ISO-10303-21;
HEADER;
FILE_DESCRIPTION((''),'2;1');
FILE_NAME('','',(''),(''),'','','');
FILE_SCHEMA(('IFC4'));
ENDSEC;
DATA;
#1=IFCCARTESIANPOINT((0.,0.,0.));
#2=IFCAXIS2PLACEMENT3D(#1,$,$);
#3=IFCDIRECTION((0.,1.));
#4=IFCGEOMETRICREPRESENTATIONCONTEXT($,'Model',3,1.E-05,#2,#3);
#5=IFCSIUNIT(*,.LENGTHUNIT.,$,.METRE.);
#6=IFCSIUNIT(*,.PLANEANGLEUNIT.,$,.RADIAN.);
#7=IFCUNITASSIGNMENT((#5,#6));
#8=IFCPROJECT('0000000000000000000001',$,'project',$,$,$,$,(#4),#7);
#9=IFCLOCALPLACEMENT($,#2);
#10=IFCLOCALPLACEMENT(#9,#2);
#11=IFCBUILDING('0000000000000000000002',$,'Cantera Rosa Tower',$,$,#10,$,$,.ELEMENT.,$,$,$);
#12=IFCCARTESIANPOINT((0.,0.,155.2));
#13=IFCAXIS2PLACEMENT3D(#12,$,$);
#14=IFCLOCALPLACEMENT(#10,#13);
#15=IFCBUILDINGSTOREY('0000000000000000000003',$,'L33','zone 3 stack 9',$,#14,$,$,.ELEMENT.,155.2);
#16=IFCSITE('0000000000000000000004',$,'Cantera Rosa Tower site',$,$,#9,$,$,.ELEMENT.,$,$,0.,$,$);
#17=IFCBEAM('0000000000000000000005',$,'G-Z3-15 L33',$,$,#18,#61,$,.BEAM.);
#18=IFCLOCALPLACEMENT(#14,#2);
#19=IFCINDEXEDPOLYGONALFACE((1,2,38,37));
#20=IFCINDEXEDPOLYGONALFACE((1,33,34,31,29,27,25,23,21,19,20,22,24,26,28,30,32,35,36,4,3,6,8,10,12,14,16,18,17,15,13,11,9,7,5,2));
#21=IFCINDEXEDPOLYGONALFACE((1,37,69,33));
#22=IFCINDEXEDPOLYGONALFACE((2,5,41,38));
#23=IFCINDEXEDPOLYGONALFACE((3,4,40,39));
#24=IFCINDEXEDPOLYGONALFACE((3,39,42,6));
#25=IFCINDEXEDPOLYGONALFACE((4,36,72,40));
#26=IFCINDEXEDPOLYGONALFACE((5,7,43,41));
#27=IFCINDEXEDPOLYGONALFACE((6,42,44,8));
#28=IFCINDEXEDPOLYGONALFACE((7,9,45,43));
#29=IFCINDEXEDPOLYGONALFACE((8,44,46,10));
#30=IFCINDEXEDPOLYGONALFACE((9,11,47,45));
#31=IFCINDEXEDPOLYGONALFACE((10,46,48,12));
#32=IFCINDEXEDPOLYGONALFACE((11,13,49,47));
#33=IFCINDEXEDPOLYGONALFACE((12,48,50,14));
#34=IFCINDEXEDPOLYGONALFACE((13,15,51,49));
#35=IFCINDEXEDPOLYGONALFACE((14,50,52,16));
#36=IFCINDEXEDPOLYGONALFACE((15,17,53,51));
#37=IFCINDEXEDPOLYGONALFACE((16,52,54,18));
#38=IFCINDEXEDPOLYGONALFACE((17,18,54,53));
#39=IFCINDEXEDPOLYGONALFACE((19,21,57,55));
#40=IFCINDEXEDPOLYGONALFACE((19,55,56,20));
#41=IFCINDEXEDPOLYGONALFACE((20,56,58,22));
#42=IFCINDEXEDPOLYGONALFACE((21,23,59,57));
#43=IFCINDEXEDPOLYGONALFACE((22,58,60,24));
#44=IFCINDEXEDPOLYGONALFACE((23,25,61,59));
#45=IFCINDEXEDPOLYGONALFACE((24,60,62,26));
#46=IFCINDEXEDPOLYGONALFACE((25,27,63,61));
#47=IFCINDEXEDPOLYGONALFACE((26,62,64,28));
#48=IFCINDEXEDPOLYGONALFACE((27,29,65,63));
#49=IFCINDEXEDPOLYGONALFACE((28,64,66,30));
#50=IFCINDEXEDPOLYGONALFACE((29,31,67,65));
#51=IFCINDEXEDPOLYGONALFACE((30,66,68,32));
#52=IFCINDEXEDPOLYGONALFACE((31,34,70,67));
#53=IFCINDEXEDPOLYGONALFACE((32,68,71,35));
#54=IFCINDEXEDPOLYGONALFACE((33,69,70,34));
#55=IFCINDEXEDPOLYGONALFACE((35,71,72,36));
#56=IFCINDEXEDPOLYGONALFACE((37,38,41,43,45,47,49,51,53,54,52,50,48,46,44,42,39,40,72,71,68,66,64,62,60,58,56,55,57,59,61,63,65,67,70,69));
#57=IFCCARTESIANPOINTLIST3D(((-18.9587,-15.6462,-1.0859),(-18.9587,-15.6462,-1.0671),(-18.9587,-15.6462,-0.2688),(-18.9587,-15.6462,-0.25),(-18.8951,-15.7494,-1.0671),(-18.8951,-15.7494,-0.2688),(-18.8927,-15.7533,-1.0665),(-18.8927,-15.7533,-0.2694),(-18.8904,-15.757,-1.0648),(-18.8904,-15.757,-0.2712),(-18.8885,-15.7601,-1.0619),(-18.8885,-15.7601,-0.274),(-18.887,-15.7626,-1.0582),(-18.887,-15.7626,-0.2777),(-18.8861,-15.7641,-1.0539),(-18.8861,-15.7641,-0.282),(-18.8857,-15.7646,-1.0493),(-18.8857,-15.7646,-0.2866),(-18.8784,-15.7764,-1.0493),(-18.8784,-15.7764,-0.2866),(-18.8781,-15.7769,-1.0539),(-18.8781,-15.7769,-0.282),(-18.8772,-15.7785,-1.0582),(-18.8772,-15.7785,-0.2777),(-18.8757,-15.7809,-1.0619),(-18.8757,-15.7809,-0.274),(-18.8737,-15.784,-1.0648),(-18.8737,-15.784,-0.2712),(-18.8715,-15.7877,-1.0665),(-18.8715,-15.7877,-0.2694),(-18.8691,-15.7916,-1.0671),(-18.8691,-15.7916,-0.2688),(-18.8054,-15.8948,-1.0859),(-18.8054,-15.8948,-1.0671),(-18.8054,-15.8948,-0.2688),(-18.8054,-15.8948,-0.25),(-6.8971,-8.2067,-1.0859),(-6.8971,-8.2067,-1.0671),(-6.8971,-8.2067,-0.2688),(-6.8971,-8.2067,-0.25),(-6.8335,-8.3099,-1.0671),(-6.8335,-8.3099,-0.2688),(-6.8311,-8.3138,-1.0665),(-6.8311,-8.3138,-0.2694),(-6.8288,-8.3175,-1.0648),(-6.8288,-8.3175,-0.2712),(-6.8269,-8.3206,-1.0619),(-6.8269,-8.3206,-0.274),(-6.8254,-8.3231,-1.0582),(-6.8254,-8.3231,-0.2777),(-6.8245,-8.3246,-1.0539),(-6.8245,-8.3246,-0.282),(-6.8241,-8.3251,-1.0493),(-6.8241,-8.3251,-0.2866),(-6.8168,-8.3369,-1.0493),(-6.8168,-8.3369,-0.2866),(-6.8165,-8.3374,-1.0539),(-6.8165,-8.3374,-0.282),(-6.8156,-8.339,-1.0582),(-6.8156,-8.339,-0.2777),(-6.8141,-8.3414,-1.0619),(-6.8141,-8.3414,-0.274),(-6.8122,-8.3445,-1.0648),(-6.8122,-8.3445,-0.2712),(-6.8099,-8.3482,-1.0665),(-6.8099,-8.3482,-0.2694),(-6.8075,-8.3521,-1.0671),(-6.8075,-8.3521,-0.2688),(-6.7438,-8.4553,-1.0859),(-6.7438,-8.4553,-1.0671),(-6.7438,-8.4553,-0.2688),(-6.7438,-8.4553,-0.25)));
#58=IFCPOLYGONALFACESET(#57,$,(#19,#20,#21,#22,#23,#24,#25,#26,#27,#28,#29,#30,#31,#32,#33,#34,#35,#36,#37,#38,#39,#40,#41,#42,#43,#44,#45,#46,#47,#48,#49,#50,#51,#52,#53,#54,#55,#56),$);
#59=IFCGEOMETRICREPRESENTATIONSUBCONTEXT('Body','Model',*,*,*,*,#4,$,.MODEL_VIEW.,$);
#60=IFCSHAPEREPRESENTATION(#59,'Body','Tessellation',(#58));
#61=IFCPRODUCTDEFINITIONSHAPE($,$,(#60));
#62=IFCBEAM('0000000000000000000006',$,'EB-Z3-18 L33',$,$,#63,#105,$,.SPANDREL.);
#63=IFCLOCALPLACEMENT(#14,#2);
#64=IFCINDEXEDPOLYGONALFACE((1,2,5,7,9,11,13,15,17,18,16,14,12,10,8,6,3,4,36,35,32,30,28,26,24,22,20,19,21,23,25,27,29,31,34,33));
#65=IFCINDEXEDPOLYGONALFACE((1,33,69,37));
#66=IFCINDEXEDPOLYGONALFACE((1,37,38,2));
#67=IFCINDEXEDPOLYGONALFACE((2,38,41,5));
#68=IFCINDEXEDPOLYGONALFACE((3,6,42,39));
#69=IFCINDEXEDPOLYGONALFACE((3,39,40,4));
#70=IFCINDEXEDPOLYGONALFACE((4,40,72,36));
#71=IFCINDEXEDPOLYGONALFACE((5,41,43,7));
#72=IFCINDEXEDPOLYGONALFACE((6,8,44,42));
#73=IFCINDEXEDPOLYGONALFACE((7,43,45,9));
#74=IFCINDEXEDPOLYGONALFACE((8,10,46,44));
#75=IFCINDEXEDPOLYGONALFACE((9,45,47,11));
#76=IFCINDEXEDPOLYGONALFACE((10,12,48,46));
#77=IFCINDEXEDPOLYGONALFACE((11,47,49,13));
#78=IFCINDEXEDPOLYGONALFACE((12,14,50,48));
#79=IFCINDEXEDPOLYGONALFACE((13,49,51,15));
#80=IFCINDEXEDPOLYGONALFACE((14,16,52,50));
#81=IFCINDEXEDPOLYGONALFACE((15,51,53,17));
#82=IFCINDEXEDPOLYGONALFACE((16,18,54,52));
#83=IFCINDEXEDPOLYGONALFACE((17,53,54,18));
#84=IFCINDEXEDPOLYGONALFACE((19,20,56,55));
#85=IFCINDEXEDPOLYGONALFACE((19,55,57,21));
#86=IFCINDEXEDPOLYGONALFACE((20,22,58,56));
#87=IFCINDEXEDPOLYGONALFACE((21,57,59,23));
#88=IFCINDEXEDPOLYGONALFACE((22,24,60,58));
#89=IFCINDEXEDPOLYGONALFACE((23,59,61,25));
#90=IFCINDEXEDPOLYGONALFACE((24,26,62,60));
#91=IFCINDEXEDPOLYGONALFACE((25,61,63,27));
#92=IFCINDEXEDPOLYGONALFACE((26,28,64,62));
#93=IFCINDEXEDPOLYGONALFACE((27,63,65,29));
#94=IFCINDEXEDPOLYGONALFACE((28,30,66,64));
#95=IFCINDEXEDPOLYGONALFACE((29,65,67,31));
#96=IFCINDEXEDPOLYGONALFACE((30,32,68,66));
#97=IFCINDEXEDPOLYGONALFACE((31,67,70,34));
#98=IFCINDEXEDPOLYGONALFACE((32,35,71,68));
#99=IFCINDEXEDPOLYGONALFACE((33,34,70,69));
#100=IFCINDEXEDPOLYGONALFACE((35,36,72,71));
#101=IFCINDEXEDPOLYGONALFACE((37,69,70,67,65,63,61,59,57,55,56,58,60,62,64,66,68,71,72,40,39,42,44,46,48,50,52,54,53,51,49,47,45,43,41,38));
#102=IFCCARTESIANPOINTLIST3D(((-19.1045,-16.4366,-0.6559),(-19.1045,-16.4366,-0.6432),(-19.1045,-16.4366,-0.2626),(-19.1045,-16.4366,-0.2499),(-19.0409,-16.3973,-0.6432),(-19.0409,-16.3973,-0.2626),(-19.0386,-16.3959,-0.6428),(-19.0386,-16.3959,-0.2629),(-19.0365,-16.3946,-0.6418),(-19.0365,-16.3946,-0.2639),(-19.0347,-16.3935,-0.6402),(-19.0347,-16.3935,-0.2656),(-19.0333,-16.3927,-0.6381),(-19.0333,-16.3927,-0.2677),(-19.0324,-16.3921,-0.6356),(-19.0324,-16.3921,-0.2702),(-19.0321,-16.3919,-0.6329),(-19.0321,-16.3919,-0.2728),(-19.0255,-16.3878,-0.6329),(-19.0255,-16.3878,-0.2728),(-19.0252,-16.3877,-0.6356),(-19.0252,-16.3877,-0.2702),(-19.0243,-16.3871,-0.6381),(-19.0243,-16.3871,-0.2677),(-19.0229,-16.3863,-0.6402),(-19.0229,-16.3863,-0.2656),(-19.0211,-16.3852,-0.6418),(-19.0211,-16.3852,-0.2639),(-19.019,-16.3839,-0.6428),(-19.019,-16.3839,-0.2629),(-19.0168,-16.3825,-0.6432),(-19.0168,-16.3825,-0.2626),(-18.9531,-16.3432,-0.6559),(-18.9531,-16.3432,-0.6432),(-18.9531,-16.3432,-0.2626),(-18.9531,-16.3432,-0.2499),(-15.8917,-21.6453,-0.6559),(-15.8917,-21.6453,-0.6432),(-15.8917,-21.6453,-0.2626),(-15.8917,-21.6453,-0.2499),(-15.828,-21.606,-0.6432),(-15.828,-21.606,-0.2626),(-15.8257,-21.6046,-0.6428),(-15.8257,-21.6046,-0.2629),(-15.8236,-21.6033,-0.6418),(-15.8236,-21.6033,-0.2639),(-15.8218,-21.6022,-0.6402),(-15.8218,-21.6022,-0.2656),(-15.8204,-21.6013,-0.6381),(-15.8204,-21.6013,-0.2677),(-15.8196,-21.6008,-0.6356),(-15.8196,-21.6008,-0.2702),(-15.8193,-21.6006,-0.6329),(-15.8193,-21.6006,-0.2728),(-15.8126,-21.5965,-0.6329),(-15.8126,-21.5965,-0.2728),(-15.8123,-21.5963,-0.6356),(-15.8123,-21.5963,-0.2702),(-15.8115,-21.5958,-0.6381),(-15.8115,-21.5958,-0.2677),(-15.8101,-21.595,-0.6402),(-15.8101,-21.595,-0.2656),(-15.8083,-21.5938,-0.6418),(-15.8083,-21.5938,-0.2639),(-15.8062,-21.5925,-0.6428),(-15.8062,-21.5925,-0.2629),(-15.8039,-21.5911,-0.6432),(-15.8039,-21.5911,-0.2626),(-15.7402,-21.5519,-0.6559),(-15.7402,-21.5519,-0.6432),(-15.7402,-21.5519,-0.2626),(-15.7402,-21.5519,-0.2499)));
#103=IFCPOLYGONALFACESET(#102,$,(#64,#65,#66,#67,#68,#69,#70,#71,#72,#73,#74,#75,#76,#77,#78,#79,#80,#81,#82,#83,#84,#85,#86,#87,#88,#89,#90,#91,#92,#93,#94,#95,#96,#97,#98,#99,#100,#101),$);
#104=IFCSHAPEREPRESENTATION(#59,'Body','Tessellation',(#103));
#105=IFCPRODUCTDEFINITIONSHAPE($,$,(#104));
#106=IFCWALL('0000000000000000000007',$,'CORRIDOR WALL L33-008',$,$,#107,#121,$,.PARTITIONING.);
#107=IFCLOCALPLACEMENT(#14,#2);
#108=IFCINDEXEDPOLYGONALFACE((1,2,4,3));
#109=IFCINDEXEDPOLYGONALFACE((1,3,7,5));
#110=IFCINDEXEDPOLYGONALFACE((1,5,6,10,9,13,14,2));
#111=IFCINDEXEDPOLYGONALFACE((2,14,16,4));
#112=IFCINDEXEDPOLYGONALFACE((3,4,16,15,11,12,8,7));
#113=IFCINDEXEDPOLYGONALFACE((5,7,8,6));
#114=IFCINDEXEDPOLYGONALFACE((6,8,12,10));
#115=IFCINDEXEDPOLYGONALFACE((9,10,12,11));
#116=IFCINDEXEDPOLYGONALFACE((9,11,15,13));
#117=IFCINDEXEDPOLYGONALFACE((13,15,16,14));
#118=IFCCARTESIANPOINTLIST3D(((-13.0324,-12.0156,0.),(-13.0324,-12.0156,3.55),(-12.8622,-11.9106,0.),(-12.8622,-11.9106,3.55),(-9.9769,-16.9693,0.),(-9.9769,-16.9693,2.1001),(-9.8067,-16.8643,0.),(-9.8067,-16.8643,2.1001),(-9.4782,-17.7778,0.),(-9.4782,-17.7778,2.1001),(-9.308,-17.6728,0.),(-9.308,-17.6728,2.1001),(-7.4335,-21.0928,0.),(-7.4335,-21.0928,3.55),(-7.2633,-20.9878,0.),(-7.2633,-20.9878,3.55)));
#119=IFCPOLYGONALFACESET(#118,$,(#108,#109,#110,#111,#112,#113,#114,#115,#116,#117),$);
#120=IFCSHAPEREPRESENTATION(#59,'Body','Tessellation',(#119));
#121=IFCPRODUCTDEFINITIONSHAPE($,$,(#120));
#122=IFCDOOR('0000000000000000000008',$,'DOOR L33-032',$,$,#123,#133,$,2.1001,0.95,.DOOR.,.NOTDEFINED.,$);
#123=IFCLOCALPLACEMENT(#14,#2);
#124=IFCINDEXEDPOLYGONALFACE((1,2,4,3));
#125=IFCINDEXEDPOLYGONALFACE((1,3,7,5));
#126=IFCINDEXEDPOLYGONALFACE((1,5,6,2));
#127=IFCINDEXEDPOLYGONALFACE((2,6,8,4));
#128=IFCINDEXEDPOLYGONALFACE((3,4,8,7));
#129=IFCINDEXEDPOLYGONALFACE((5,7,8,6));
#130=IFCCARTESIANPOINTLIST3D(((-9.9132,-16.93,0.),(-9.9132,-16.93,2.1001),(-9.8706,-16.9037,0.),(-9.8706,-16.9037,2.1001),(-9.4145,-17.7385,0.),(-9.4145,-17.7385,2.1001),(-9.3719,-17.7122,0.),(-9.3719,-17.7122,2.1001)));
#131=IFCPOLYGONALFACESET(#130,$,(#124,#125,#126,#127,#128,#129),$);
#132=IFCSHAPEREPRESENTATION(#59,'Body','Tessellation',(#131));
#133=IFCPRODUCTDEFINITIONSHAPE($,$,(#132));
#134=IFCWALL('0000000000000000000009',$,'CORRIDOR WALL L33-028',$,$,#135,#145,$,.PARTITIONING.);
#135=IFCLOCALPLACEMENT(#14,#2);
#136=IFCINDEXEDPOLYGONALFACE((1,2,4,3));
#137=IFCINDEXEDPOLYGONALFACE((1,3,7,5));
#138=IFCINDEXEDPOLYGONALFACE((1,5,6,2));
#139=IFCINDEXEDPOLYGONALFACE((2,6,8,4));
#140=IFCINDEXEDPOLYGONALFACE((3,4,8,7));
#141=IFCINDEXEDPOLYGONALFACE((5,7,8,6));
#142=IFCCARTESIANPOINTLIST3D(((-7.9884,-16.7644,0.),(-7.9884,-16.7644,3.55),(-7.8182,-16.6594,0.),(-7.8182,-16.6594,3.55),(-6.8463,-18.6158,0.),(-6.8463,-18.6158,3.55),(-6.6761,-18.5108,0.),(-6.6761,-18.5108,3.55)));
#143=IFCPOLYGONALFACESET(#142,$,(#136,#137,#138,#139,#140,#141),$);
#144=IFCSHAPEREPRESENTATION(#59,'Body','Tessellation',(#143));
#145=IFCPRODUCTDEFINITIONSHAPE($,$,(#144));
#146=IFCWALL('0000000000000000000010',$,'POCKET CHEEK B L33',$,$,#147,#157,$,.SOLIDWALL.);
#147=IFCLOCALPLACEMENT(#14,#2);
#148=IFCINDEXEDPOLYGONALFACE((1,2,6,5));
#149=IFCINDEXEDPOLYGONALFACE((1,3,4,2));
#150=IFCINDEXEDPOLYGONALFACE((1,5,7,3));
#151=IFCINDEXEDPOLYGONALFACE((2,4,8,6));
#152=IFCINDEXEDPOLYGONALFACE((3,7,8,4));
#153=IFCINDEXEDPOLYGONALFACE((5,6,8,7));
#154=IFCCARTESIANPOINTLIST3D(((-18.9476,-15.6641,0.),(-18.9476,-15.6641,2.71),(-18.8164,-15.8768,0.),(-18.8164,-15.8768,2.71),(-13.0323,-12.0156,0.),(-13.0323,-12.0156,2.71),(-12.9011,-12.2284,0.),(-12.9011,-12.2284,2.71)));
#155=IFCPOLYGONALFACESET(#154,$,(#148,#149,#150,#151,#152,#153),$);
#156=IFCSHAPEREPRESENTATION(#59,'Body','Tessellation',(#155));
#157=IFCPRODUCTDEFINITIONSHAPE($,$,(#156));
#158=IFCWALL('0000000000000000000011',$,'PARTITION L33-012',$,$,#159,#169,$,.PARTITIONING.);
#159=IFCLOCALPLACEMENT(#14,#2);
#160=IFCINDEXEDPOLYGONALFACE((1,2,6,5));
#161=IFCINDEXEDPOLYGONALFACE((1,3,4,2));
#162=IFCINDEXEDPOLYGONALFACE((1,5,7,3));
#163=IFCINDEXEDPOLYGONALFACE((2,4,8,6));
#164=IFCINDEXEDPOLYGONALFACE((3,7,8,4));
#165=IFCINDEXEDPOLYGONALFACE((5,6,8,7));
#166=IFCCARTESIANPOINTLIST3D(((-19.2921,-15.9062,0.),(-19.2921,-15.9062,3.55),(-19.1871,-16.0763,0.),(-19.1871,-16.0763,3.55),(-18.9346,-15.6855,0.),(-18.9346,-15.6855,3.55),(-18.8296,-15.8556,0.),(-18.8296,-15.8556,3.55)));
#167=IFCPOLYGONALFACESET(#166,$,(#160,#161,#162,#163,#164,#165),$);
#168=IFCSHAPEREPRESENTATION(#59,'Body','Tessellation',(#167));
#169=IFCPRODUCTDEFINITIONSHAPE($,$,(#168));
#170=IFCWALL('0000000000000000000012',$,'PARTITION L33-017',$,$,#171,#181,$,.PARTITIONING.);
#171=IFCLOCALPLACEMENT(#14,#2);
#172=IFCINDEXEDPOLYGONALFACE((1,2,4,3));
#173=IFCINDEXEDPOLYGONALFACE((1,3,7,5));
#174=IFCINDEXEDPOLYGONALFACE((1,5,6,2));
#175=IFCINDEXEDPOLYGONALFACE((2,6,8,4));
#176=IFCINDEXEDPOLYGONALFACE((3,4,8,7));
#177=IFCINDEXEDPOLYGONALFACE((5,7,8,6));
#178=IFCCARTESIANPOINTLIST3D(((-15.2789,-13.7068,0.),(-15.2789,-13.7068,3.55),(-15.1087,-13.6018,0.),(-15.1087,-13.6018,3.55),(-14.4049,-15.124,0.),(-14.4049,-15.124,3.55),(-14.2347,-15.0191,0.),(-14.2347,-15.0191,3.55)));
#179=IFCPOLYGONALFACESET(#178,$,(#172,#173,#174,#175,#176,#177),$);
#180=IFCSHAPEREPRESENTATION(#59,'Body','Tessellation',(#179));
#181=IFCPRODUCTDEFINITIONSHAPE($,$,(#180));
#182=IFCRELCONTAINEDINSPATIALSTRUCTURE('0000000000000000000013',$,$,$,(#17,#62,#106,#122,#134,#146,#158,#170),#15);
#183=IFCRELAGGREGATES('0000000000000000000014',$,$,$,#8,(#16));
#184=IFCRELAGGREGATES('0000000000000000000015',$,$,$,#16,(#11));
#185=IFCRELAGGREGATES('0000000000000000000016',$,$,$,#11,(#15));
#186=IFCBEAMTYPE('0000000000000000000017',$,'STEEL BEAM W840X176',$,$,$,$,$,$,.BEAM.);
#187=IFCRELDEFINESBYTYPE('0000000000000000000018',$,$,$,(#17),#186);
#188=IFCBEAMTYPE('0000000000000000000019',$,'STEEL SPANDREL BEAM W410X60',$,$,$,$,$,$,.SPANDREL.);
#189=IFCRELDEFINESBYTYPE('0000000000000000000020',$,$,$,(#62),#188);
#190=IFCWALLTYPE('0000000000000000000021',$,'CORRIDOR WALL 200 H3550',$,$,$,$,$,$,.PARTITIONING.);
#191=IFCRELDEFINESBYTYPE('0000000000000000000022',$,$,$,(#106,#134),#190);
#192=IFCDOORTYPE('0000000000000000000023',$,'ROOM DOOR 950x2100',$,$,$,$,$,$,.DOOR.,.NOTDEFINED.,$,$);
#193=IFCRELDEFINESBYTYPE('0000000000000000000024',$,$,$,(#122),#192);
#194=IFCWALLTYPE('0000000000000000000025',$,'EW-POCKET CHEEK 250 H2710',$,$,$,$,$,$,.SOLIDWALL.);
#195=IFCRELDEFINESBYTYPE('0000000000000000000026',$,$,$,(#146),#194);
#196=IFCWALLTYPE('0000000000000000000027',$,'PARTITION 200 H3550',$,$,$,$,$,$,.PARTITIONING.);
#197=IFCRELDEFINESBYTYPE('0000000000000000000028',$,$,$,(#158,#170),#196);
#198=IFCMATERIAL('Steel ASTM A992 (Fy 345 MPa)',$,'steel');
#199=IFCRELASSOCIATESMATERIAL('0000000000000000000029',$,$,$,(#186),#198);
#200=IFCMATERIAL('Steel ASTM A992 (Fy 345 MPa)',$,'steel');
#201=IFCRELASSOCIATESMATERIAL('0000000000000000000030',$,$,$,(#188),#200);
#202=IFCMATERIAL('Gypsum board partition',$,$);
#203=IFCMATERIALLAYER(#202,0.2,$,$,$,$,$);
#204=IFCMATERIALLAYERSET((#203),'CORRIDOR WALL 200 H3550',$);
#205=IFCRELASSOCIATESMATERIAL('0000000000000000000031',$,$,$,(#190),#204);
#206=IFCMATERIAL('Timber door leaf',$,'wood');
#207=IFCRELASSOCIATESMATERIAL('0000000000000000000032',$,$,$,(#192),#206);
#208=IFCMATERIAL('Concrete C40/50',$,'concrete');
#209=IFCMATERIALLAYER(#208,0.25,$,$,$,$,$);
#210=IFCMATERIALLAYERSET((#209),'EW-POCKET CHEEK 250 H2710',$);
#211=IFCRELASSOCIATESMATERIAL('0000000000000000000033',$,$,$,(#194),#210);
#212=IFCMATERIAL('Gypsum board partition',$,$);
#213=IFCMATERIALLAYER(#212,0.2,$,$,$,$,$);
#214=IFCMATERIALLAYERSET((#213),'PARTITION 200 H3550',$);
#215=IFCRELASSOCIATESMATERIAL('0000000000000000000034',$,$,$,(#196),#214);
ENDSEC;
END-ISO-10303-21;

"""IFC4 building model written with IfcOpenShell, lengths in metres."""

from ifc_helpers import new_model, si_unit, direction, frame, frame_2d, origin, origin_2d, place, context, subcontext, project, spatial, rectangle, i_section, extrude, material, layer, layer_set, material_profile, profile_set, type_object, element, fill, save


model = new_model("IFC4")

# Units and contexts
model_context = context("Model", 3, precision=1e-05, world=origin(), true_north=direction((0.0, 1.0)))
body_context = subcontext(model_context, "Body", "Model", "MODEL_VIEW")
ifc_project = project(units=[si_unit("LENGTHUNIT", "METRE"), si_unit("PLANEANGLEUNIT", "RADIAN")], contexts=[model_context])

# Site, building, storey
site_placement = place(None, origin())
site = spatial("IfcSite", under=ifc_project, at=site_placement, Name="Cantera Rosa Tower site", CompositionType="ELEMENT", RefElevation=0.0)
building_placement = place(site_placement, origin())
building = spatial("IfcBuilding", under=site, at=building_placement, Name="Cantera Rosa Tower", CompositionType="ELEMENT")
storey_placement = place(building_placement, frame((0.0, 0.0, 155.2)))
storey = spatial("IfcBuildingStorey", under=building, at=storey_placement, Name="L33", Description="zone 3 stack 9", CompositionType="ELEMENT", Elevation=155.2)

# Beams
ifc_material_1 = material(Name="Steel ASTM A992 (Fy 345 MPa)", Category="steel")
ifc_material_profile_1 = material_profile(ifc_material_1, i_section(OverallWidth=0.292, OverallDepth=0.8359, WebThickness=0.0139, FlangeThickness=0.0188, FilletRadius=0.0178, at=origin_2d()), Name="W840X176")
ifc_profile_set_1 = profile_set([ifc_material_profile_1], Name="Steel ASTM A992 (Fy 345 MPa)")
beam_type_1 = type_object("IfcBeamType", Name="STEEL BEAM W840X176", PredefinedType="BEAM", material=ifc_profile_set_1)
beam_1_placement = place(storey_placement, frame((-18.8821, -15.7705, -0.668), z_axis=(0.851123, 0.524966, 0.0), x_axis=(-0.524966, 0.851123, 0.0)))
element("IfcBeam", 1, at=beam_1_placement, inside=storey, type_object=beam_type_1, Name="G-Z3-15 L33", PredefinedType="BEAM", context=body_context, shape_type="SweptSolid", body=[
    extrude(i_section(OverallWidth=0.292, OverallDepth=0.8359, WebThickness=0.0139, FlangeThickness=0.0188, FilletRadius=0.0178, at=origin_2d()), origin(), (0.0, 0.0, 1.0), 14.1714),
])
ifc_material_2 = material(Name="Steel ASTM A992 (Fy 345 MPa)", Category="steel")
ifc_material_profile_2 = material_profile(ifc_material_2, i_section(OverallWidth=0.178, OverallDepth=0.406, WebThickness=0.0078, FlangeThickness=0.0127, FilletRadius=0.0103, at=origin_2d()), Name="W410X60")
ifc_profile_set_2 = profile_set([ifc_material_profile_2], Name="Steel ASTM A992 (Fy 345 MPa)")
beam_type_2 = type_object("IfcBeamType", Name="STEEL SPANDREL BEAM W410X60", PredefinedType="SPANDREL", material=ifc_profile_set_2)
beam_2_placement = place(storey_placement, frame((-19.0288, -16.3899, -0.4529), z_axis=(0.524987, -0.85111, 0.0), x_axis=(0.85111, 0.524987, 0.0)))
element("IfcBeam", 2, at=beam_2_placement, inside=storey, type_object=beam_type_2, Name="EB-Z3-18 L33", PredefinedType="SPANDREL", context=body_context, shape_type="SweptSolid", body=[
    extrude(i_section(OverallWidth=0.178, OverallDepth=0.406, WebThickness=0.0078, FlangeThickness=0.0127, FilletRadius=0.0103, at=origin_2d()), origin(), (0.0, 0.0, 1.0), 6.1199),
])

# Wall, opening, door
ifc_material_3 = material(Name="Gypsum board partition")
ifc_layer_1 = layer(ifc_material_3, 0.2)
ifc_layer_set_1 = layer_set([ifc_layer_1], Name="CORRIDOR WALL 200 H3550")
wall_type_1 = type_object("IfcWallType", Name="CORRIDOR WALL 200 H3550", PredefinedType="PARTITIONING", material=ifc_layer_set_1)
wall_1_placement = place(storey_placement, frame((-12.9473, -11.9631, 0.0), z_axis=(0.0, 0.0, 1.0), x_axis=(0.524977, -0.851116, 0.0)))
wall_1 = element("IfcWall", 3, at=wall_1_placement, inside=storey, type_object=wall_type_1, Name="CORRIDOR WALL L33-008", PredefinedType="PARTITIONING", context=body_context, shape_type="SweptSolid", body=[
    extrude(rectangle(XDim=10.665, YDim=0.2, at=frame_2d((5.3325, 0.0))), origin(), (0.0, 0.0, 1.0), 3.55),
])
opening_1_placement = place(wall_1_placement, frame((5.8201, 0.0, 0.0)))
opening_1 = element("IfcOpeningElement", 4, at=opening_1_placement, cuts=wall_1, PredefinedType="OPENING", context=body_context, shape_type="SweptSolid", body=[
    extrude(rectangle(XDim=0.95, YDim=2.1001, at=frame_2d((0.4751, 1.05))), frame((0.0, 0.1099, 0.0), z_axis=(0.0, -1.0, 0.0), x_axis=(1.0, 0.0, 0.0)), (0.0, 0.0, 1.0), 0.22),
])
ifc_material_4 = material(Name="Timber door leaf", Category="wood")
door_type_1 = type_object("IfcDoorType", Name="ROOM DOOR 950x2100", OperationType="NOTDEFINED", PredefinedType="DOOR", material=ifc_material_4)
door_1_placement = place(opening_1_placement, origin())
door_1 = element("IfcDoor", 5, at=door_1_placement, inside=storey, type_object=door_type_1, Name="DOOR L33-032", OperationType="NOTDEFINED", OverallHeight=2.1001, OverallWidth=0.95, PredefinedType="DOOR", context=body_context, shape_type="SweptSolid", body=[
    extrude(rectangle(XDim=0.95, YDim=2.1001, at=frame_2d((0.4751, 1.05))), frame((0.0, 0.0249, 0.0), z_axis=(0.0, -1.0, 0.0), x_axis=(1.0, 0.0, 0.0)), (0.0, 0.0, 1.0), 0.05),
])
fill(opening_1, door_1)

# Wall
wall_2_placement = place(storey_placement, frame((-7.9033, -16.7119, 0.0), z_axis=(0.0, 0.0, 1.0), x_axis=(0.525036, -0.85108, 0.0)))
element("IfcWall", 6, at=wall_2_placement, inside=storey, type_object=wall_type_1, Name="CORRIDOR WALL L33-028", PredefinedType="PARTITIONING", context=body_context, shape_type="SweptSolid", body=[
    extrude(rectangle(XDim=2.1753, YDim=0.2, at=frame_2d((1.0876, 0.0))), origin(), (0.0, 0.0, 1.0), 3.55),
])

# Walls
ifc_material_5 = material(Name="Concrete C40/50", Category="concrete")
ifc_layer_2 = layer(ifc_material_5, 0.25)
ifc_layer_set_2 = layer_set([ifc_layer_2], Name="EW-POCKET CHEEK 250 H2710")
wall_type_2 = type_object("IfcWallType", Name="EW-POCKET CHEEK 250 H2710", PredefinedType="SOLIDWALL", material=ifc_layer_set_2)
wall_3_placement = place(storey_placement, frame((-18.8821, -15.7705, 0.0), z_axis=(0.0, 0.0, 1.0), x_axis=(0.851127, 0.52496, 0.0)))
element("IfcWall", 7, at=wall_3_placement, inside=storey, type_object=wall_type_2, Name="POCKET CHEEK B L33", PredefinedType="SOLIDWALL", context=body_context, shape_type="SweptSolid", body=[
    extrude(rectangle(XDim=6.95, YDim=0.25, at=frame_2d((3.4751, 0.0))), origin(), (0.0, 0.0, 1.0), 2.71),
])
ifc_material_6 = material(Name="Gypsum board partition")
ifc_layer_3 = layer(ifc_material_6, 0.2)
ifc_layer_set_3 = layer_set([ifc_layer_3], Name="PARTITION 200 H3550")
wall_type_3 = type_object("IfcWallType", Name="PARTITION 200 H3550", PredefinedType="PARTITIONING", material=ifc_layer_set_3)
wall_4_placement = place(storey_placement, frame((-19.2395, -15.9912, 0.0), z_axis=(0.0, 0.0, 1.0), x_axis=(0.850859, 0.525394, 0.0)))
element("IfcWall", 8, at=wall_4_placement, inside=storey, type_object=wall_type_3, Name="PARTITION L33-012", PredefinedType="PARTITIONING", context=body_context, shape_type="SweptSolid", body=[
    extrude(rectangle(XDim=0.4202, YDim=0.2, at=frame_2d((0.21, 0.0))), origin(), (0.0, 0.0, 1.0), 3.55),
])
wall_5_placement = place(storey_placement, frame((-14.3198, -15.0715, 0.0), z_axis=(0.0, 0.0, 1.0), x_axis=(-0.524915, 0.851154, 0.0)))
element("IfcWall", 9, at=wall_5_placement, inside=storey, type_object=wall_type_3, Name="PARTITION L33-017", PredefinedType="PARTITIONING", context=body_context, shape_type="SweptSolid", body=[
    extrude(rectangle(XDim=1.665, YDim=0.2, at=frame_2d((0.8325, 0.0))), origin(), (0.0, 0.0, 1.0), 3.55),
])

save(model, "model.ifc")
